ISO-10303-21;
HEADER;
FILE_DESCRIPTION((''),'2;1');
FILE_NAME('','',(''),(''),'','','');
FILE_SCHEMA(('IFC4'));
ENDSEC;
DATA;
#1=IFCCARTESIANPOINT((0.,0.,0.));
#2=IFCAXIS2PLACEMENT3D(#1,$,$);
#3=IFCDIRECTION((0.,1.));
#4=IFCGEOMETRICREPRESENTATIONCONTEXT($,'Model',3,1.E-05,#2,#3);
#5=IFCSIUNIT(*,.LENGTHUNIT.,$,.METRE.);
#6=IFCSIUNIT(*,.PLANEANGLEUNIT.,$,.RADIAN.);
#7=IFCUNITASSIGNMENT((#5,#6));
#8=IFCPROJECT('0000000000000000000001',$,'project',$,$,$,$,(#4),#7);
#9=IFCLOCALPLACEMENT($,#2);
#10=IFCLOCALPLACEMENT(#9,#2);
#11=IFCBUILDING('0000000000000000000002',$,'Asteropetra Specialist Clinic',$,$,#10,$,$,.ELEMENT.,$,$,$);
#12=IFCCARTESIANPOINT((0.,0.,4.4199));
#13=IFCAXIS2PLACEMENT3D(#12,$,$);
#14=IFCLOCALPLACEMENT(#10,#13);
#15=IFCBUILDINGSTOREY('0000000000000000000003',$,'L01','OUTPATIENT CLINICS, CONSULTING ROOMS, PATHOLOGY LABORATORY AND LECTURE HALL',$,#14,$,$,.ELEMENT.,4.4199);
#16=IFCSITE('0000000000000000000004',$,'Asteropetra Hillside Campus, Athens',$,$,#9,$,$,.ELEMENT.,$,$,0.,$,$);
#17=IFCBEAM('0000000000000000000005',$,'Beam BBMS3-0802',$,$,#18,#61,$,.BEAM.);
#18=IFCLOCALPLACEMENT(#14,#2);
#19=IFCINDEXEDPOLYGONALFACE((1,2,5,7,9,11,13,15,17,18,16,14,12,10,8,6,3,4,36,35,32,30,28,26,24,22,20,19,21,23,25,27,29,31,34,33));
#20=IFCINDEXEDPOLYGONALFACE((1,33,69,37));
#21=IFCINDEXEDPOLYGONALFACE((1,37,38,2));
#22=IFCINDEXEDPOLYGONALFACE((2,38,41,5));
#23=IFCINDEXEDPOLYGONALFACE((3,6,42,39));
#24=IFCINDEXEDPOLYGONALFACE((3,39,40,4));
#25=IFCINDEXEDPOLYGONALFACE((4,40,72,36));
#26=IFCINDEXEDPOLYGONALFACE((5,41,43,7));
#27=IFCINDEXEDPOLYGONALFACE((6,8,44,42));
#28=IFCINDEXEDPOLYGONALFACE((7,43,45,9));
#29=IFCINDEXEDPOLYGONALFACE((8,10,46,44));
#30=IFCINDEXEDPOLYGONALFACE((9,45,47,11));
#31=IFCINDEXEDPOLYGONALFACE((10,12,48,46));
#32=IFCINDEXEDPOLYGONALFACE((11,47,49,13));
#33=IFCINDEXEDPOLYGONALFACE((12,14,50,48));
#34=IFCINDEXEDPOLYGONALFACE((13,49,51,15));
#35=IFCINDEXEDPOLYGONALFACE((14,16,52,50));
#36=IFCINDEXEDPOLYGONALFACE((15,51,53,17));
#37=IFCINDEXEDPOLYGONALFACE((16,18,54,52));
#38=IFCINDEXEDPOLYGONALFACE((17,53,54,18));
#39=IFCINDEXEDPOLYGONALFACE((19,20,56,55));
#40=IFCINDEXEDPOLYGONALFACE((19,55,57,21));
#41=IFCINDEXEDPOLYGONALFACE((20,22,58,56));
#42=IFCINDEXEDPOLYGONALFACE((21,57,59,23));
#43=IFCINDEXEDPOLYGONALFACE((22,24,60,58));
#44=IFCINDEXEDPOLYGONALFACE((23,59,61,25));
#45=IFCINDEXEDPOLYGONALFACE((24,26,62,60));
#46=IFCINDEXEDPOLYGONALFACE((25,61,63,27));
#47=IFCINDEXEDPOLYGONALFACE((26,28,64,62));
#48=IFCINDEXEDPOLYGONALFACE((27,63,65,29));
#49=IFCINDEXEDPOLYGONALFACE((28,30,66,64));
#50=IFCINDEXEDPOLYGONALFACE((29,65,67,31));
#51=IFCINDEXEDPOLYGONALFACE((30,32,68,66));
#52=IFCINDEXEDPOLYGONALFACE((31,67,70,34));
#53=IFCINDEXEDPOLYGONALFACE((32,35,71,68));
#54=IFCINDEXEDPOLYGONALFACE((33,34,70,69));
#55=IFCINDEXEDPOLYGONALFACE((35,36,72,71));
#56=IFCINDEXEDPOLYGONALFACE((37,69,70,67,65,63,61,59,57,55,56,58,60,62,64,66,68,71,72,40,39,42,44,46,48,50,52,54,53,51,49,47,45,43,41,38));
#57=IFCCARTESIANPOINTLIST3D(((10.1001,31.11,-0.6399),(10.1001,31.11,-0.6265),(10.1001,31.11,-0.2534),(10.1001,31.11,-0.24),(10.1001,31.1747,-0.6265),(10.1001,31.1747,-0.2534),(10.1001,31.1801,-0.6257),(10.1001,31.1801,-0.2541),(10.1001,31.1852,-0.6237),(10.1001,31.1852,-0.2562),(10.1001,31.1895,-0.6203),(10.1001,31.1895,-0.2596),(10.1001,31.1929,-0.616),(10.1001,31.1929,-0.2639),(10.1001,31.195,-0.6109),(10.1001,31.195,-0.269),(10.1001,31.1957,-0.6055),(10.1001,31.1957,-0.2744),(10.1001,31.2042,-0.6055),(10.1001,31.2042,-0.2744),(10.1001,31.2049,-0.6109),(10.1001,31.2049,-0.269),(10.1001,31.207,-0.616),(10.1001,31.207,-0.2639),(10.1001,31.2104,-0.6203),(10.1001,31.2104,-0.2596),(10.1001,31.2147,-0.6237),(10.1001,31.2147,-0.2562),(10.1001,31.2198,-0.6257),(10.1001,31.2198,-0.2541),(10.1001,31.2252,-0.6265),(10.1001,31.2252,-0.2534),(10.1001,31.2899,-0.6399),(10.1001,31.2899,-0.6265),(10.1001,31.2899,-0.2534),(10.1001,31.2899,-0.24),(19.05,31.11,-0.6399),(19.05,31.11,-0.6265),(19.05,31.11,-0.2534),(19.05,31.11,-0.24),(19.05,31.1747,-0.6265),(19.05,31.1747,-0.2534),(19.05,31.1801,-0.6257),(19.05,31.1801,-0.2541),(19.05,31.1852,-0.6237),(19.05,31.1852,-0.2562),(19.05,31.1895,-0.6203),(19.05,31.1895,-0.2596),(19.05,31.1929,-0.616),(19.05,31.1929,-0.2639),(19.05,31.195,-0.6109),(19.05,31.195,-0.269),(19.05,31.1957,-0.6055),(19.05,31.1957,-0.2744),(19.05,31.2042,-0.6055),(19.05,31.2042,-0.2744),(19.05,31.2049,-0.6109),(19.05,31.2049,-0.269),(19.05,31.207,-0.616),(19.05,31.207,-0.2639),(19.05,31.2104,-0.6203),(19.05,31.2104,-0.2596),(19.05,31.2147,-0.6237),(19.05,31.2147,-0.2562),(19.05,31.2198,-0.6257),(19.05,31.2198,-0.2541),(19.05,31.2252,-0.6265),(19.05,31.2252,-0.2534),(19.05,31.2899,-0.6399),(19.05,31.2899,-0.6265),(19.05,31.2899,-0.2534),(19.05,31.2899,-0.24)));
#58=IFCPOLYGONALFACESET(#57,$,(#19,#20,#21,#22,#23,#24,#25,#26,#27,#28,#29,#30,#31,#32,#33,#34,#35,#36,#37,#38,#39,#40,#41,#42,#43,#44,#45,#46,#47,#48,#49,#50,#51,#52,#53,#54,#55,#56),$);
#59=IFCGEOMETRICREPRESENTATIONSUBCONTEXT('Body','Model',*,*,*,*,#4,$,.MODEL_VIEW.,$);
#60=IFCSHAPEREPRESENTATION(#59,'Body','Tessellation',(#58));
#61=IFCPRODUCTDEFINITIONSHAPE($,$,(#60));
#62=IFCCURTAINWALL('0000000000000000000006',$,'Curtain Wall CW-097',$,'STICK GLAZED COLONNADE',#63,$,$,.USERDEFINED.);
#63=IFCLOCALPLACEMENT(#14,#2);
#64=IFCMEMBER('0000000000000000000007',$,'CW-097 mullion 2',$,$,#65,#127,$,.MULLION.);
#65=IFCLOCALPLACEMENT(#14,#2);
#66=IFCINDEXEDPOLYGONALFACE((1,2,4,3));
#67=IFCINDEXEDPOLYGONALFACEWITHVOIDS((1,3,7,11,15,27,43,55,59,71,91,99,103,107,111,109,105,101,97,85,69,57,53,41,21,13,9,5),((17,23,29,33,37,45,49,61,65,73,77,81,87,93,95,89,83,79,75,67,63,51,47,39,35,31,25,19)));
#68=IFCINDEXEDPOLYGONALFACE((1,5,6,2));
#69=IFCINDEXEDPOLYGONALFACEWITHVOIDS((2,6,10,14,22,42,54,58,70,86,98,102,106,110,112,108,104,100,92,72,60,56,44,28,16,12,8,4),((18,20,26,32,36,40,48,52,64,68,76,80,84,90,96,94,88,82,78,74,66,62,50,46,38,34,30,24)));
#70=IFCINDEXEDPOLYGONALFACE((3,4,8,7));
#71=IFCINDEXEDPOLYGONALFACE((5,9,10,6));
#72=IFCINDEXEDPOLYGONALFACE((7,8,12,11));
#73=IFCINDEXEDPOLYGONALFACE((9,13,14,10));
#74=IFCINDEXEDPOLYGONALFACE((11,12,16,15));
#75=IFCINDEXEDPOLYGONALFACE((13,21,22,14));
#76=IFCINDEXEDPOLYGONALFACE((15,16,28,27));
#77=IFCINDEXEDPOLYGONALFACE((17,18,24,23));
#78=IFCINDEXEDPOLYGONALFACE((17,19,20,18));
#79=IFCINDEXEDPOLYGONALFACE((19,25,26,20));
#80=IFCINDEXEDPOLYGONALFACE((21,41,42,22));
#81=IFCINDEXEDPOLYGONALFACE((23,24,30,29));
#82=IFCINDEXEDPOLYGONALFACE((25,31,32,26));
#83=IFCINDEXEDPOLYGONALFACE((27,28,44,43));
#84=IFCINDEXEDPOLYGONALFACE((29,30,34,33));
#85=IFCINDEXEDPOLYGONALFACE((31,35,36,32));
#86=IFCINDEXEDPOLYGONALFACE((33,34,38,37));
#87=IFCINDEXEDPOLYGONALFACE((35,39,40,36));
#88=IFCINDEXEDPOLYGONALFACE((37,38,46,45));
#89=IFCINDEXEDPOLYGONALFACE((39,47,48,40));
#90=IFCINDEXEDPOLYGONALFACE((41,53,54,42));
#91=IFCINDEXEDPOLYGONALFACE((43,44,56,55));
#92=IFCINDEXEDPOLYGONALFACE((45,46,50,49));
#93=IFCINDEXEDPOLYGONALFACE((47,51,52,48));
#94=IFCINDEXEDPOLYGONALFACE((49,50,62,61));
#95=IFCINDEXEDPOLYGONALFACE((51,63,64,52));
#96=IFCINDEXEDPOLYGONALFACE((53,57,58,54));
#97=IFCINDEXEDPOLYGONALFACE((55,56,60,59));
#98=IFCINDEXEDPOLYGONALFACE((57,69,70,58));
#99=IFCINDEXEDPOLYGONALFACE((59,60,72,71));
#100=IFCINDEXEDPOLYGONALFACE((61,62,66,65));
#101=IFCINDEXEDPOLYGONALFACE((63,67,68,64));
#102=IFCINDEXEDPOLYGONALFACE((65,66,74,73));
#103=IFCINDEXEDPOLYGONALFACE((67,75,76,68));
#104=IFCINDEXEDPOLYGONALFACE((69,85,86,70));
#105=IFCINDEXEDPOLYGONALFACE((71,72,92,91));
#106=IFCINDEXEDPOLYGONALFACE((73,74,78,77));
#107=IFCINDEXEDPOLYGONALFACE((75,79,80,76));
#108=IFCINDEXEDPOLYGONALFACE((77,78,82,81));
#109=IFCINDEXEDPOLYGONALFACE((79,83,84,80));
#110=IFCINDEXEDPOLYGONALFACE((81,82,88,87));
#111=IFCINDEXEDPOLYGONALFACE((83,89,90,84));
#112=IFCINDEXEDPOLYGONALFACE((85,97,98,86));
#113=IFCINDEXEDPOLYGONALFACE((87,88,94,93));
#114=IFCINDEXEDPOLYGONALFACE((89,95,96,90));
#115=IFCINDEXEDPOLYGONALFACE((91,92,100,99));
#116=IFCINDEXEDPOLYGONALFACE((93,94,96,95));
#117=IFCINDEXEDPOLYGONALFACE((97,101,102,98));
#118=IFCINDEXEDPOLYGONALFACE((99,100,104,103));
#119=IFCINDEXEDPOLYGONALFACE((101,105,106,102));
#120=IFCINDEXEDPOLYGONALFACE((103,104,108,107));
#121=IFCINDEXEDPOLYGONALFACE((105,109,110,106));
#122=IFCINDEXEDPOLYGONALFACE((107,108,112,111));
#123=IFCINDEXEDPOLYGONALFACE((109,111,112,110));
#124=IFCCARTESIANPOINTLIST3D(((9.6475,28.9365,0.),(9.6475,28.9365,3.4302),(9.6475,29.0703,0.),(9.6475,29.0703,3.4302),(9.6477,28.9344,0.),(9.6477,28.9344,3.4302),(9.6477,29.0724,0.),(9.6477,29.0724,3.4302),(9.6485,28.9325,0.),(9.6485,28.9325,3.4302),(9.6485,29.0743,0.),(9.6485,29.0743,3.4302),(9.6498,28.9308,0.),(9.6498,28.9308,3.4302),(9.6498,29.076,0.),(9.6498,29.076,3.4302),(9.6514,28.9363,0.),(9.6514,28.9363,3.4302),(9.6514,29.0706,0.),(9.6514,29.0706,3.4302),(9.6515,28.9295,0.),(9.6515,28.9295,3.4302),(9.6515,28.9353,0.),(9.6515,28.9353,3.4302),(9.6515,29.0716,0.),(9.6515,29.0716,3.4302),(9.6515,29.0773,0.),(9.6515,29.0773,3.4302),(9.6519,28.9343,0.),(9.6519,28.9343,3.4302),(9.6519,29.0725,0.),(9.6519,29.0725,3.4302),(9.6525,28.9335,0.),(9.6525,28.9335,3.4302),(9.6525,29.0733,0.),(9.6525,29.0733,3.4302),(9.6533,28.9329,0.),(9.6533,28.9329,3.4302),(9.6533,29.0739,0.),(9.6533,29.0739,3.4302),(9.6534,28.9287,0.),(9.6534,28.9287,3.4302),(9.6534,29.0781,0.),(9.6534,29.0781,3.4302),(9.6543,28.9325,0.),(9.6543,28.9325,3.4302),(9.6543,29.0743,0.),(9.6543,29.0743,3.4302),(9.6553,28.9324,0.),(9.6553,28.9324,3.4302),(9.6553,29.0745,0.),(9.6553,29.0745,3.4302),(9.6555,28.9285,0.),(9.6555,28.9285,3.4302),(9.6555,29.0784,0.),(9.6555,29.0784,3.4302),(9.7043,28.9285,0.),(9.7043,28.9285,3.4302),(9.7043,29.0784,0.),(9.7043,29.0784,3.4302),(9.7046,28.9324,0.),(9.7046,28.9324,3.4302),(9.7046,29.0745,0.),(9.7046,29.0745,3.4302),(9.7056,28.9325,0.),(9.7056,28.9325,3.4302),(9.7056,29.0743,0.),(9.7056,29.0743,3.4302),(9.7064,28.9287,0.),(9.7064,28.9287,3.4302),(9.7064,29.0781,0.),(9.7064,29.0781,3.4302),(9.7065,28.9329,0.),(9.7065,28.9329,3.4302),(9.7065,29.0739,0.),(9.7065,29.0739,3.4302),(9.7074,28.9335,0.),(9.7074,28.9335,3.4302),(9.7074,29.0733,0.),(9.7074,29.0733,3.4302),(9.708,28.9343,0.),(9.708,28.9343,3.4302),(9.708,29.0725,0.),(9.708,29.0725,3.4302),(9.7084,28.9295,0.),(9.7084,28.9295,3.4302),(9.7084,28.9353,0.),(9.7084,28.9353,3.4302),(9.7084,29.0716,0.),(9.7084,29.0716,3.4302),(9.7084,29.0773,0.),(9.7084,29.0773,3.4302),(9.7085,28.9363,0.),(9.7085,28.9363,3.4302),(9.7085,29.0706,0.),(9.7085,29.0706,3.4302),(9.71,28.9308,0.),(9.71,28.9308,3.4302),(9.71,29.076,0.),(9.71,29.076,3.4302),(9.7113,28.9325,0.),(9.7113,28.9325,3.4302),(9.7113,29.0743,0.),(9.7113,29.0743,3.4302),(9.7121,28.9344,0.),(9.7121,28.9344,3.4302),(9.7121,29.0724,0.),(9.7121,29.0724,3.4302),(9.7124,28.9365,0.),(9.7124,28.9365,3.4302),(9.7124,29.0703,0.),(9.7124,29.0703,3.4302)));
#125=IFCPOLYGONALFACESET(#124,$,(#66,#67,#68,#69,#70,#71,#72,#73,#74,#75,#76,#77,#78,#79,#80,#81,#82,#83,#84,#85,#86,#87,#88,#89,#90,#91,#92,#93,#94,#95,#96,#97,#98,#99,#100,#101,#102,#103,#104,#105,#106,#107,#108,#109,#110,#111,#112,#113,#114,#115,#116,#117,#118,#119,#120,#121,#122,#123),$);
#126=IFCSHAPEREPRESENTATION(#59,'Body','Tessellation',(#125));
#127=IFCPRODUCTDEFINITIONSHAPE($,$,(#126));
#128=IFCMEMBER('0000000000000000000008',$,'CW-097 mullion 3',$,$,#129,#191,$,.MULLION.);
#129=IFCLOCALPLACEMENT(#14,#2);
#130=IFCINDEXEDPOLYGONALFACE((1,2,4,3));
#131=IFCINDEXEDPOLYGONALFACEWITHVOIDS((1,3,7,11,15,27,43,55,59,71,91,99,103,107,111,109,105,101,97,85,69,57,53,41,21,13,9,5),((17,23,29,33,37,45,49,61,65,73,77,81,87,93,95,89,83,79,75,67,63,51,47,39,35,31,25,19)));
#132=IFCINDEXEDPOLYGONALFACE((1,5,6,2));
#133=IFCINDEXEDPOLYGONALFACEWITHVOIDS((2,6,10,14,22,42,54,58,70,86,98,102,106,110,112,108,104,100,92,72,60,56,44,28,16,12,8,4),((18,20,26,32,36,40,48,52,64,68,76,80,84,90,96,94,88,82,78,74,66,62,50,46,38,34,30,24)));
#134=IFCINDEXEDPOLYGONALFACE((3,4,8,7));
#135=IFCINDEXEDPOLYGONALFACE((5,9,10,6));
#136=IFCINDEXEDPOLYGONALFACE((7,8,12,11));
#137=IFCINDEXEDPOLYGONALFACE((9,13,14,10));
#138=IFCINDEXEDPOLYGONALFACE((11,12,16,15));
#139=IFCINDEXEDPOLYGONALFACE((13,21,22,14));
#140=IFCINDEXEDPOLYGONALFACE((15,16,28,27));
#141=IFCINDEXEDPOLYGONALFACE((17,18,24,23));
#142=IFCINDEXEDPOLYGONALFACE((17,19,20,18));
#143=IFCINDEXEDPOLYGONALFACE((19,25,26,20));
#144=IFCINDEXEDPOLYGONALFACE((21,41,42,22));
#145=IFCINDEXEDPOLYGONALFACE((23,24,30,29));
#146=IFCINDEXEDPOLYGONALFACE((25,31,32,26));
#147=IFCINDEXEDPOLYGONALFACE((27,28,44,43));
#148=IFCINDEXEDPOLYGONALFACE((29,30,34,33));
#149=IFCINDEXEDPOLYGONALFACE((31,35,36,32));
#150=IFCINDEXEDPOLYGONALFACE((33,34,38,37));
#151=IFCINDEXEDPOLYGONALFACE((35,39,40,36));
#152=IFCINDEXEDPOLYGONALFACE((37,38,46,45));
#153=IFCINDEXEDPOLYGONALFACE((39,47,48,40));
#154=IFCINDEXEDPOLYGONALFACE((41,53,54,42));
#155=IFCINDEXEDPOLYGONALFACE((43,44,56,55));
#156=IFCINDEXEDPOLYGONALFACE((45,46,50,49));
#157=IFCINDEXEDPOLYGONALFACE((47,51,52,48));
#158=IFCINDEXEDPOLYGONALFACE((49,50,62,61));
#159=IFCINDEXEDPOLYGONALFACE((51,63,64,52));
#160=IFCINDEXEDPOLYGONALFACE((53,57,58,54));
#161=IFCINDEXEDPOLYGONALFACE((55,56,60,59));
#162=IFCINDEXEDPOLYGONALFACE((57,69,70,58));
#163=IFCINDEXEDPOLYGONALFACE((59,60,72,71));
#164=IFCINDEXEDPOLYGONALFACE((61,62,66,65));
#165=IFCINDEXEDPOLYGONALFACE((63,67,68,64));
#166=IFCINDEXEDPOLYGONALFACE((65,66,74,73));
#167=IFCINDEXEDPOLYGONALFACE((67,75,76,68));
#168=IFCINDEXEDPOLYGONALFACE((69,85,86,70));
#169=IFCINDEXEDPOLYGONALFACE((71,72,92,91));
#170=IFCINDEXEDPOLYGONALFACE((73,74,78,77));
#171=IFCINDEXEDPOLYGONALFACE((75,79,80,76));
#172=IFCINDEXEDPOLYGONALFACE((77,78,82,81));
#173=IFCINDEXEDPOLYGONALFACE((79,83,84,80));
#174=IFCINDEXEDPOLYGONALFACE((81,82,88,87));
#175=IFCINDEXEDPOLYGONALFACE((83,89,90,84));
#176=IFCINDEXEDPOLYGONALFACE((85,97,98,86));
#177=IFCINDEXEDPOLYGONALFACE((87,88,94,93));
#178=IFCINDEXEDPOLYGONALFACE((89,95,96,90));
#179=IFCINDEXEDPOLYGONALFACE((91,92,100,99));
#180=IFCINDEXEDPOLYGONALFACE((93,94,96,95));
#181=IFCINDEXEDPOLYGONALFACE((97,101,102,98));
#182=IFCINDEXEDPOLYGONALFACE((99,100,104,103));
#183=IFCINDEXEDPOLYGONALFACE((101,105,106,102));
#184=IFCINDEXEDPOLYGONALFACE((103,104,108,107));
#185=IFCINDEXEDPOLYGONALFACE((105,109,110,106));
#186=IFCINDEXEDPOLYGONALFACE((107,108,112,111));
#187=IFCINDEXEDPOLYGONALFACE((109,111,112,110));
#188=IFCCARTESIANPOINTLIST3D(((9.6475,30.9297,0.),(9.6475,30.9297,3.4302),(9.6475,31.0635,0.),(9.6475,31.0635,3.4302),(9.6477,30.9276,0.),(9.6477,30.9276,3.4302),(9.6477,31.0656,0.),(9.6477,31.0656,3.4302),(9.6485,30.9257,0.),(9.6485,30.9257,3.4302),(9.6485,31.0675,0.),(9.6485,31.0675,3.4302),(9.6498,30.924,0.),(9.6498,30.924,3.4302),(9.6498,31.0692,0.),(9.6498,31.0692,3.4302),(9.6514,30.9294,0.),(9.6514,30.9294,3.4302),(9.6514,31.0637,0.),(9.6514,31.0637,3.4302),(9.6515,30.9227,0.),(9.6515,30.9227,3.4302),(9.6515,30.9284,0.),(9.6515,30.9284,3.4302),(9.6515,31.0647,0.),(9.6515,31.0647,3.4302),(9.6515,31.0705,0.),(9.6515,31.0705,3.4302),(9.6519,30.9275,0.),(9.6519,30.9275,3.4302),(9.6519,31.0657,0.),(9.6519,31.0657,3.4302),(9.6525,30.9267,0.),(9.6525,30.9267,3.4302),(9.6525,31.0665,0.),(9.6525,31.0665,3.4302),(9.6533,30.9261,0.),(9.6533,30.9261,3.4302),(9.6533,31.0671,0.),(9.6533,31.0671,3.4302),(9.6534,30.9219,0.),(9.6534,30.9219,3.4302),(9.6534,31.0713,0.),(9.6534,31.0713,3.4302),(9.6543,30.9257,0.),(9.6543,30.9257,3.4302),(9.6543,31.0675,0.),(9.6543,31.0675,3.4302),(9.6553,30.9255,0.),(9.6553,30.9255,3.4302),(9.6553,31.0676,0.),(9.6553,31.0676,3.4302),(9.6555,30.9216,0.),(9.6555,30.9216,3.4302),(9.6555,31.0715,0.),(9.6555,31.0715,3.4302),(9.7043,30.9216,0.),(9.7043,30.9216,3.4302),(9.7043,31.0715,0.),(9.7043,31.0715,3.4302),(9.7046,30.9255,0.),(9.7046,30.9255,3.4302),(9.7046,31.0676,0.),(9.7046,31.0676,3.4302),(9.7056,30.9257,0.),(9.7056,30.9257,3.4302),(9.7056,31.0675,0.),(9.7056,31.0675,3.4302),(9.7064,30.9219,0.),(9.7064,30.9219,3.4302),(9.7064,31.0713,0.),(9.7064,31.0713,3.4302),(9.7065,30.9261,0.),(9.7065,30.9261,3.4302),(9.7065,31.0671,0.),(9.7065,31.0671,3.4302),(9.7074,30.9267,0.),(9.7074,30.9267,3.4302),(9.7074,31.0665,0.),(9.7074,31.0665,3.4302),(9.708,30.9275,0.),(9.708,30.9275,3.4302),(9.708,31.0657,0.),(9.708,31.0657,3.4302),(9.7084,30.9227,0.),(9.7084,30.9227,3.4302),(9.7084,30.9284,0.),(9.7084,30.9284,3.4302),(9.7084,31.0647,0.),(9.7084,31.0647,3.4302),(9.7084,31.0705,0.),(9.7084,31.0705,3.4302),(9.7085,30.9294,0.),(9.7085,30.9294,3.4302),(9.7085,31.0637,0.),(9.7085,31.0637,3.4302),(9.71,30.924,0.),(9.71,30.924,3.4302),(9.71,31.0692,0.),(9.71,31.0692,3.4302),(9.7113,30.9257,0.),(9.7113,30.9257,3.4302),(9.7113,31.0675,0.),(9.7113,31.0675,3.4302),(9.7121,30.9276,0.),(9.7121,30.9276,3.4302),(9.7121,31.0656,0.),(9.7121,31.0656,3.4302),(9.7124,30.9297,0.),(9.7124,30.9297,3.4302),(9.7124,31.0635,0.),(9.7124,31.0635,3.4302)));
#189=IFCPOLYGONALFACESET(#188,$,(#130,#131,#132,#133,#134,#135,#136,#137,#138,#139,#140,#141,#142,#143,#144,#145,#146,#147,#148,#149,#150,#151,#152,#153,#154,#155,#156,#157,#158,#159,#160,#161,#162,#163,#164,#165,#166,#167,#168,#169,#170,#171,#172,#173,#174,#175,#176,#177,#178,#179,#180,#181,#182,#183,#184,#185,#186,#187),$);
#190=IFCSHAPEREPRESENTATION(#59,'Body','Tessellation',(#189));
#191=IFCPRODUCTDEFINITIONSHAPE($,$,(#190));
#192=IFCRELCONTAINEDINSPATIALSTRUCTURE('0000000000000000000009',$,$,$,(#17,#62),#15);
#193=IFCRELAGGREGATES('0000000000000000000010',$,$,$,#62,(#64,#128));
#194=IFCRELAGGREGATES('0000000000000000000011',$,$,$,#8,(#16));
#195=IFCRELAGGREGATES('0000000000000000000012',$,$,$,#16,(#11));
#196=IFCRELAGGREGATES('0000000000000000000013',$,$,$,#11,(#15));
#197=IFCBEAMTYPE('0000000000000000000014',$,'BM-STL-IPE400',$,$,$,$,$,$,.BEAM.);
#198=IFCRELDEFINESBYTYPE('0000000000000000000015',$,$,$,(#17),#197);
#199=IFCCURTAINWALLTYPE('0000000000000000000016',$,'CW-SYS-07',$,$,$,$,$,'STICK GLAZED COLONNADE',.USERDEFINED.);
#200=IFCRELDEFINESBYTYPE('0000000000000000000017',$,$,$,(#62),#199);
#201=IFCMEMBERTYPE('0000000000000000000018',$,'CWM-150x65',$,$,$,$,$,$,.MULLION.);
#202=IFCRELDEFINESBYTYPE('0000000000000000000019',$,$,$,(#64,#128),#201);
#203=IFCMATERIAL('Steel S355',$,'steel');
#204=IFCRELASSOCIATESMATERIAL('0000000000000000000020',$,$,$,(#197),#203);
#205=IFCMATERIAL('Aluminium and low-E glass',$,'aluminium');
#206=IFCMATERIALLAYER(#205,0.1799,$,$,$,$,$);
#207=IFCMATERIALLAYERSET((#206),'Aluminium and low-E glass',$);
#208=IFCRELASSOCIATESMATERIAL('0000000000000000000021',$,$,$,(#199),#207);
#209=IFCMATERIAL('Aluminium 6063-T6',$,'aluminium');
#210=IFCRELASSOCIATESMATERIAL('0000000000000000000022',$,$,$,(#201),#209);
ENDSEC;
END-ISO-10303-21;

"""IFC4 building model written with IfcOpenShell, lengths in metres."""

from ifc_helpers import new_model, si_unit, direction, frame, origin, origin_2d, place, context, subcontext, project, spatial, hollow_rectangle, i_section, extrude, material, layer, layer_set, material_profile, profile_set, type_object, element, aggregate, save


model = new_model("IFC4")

# Units and contexts
model_context = context("Model", 3, precision=1e-05, world=origin(), true_north=direction((0.0, 1.0)))
body_context = subcontext(model_context, "Body", "Model", "MODEL_VIEW")
ifc_project = project(units=[si_unit("LENGTHUNIT", "METRE"), si_unit("PLANEANGLEUNIT", "RADIAN")], contexts=[model_context])

# Site, building, storey
site_placement = place(None, origin())
site = spatial("IfcSite", under=ifc_project, at=site_placement, Name="Asteropetra Hillside Campus, Athens", CompositionType="ELEMENT", RefElevation=0.0)
building_placement = place(site_placement, origin())
building = spatial("IfcBuilding", under=site, at=building_placement, Name="Asteropetra Specialist Clinic", CompositionType="ELEMENT")
storey_placement = place(building_placement, frame((0.0, 0.0, 4.4199)))
storey = spatial("IfcBuildingStorey", under=building, at=storey_placement, Name="L01", Description="OUTPATIENT CLINICS, CONSULTING ROOMS, PATHOLOGY LABORATORY AND LECTURE HALL", CompositionType="ELEMENT", Elevation=4.4199)

# Beam
ifc_material_1 = material(Name="Steel S355", Category="steel")
ifc_material_profile_1 = material_profile(ifc_material_1, i_section(OverallWidth=0.1799, OverallDepth=0.3999, WebThickness=0.0085, FlangeThickness=0.0134, FilletRadius=0.021, at=origin_2d()), Name="IPE 400")
ifc_profile_set_1 = profile_set([ifc_material_profile_1], Name="Steel S355")
beam_type_1 = type_object("IfcBeamType", Name="BM-STL-IPE400", PredefinedType="BEAM", material=ifc_profile_set_1)
beam_1_placement = place(storey_placement, frame((10.1001, 31.2, -0.4399), z_axis=(1.0, 0.0, 0.0), x_axis=(0.0, 1.0, 0.0)))
element("IfcBeam", 1, at=beam_1_placement, inside=storey, type_object=beam_type_1, Name="Beam BBMS3-0802", PredefinedType="BEAM", context=body_context, shape_type="SweptSolid", body=[
    extrude(i_section(OverallWidth=0.1799, OverallDepth=0.3999, WebThickness=0.0085, FlangeThickness=0.0134, FilletRadius=0.021, at=origin_2d()), origin(), (0.0, 0.0, 1.0), 8.95),
])

# Curtain wall, members
ifc_material_2 = material(Name="Aluminium and low-E glass", Category="aluminium")
ifc_layer_1 = layer(ifc_material_2, 0.1799)
ifc_layer_set_1 = layer_set([ifc_layer_1], Name="Aluminium and low-E glass")
curtain_wall_type = type_object("IfcCurtainWallType", Name="CW-SYS-07", ElementType="STICK GLAZED COLONNADE", PredefinedType="USERDEFINED", material=ifc_layer_set_1)
curtain_wall_placement = place(storey_placement, origin())
curtain_wall = element("IfcCurtainWall", 2, at=curtain_wall_placement, inside=storey, type_object=curtain_wall_type, Name="Curtain Wall CW-097", ObjectType="STICK GLAZED COLONNADE", PredefinedType="USERDEFINED")
ifc_material_3 = material(Name="Aluminium 6063-T6", Category="aluminium")
ifc_material_profile_2 = material_profile(ifc_material_3, hollow_rectangle(XDim=0.0649, YDim=0.1499, WallThickness=0.0039, InnerFilletRadius=0.0039, OuterFilletRadius=0.0081, at=origin_2d()), Name="MUL 150x65x4.0")
ifc_profile_set_2 = profile_set([ifc_material_profile_2], Name="Aluminium 6063-T6")
member_type_1 = type_object("IfcMemberType", Name="CWM-150x65", PredefinedType="MULLION", material=ifc_profile_set_2)
member_1_placement = place(storey_placement, frame((9.6799, 29.0034, 0.0), z_axis=(0.0, 0.0, 1.0), x_axis=(-1.0, 0.0, 0.0)))
member_1 = element("IfcMember", 3, at=member_1_placement, type_object=member_type_1, Name="CW-097 mullion 2", PredefinedType="MULLION", context=body_context, shape_type="SweptSolid", body=[
    extrude(hollow_rectangle(XDim=0.0649, YDim=0.1499, WallThickness=0.0039, InnerFilletRadius=0.0039, OuterFilletRadius=0.0081, at=origin_2d()), origin(), (0.0, 0.0, 1.0), 3.4302),
])
member_2_placement = place(storey_placement, frame((9.6799, 30.9966, 0.0), z_axis=(0.0, 0.0, 1.0), x_axis=(-1.0, 0.0, 0.0)))
member_2 = element("IfcMember", 4, at=member_2_placement, type_object=member_type_1, Name="CW-097 mullion 3", PredefinedType="MULLION", context=body_context, shape_type="SweptSolid", body=[
    extrude(hollow_rectangle(XDim=0.0649, YDim=0.1499, WallThickness=0.0039, InnerFilletRadius=0.0039, OuterFilletRadius=0.0081, at=origin_2d()), origin(), (0.0, 0.0, 1.0), 3.4302),
])

aggregate(curtain_wall, [member_1, member_2])

save(model, "model.ifc")
